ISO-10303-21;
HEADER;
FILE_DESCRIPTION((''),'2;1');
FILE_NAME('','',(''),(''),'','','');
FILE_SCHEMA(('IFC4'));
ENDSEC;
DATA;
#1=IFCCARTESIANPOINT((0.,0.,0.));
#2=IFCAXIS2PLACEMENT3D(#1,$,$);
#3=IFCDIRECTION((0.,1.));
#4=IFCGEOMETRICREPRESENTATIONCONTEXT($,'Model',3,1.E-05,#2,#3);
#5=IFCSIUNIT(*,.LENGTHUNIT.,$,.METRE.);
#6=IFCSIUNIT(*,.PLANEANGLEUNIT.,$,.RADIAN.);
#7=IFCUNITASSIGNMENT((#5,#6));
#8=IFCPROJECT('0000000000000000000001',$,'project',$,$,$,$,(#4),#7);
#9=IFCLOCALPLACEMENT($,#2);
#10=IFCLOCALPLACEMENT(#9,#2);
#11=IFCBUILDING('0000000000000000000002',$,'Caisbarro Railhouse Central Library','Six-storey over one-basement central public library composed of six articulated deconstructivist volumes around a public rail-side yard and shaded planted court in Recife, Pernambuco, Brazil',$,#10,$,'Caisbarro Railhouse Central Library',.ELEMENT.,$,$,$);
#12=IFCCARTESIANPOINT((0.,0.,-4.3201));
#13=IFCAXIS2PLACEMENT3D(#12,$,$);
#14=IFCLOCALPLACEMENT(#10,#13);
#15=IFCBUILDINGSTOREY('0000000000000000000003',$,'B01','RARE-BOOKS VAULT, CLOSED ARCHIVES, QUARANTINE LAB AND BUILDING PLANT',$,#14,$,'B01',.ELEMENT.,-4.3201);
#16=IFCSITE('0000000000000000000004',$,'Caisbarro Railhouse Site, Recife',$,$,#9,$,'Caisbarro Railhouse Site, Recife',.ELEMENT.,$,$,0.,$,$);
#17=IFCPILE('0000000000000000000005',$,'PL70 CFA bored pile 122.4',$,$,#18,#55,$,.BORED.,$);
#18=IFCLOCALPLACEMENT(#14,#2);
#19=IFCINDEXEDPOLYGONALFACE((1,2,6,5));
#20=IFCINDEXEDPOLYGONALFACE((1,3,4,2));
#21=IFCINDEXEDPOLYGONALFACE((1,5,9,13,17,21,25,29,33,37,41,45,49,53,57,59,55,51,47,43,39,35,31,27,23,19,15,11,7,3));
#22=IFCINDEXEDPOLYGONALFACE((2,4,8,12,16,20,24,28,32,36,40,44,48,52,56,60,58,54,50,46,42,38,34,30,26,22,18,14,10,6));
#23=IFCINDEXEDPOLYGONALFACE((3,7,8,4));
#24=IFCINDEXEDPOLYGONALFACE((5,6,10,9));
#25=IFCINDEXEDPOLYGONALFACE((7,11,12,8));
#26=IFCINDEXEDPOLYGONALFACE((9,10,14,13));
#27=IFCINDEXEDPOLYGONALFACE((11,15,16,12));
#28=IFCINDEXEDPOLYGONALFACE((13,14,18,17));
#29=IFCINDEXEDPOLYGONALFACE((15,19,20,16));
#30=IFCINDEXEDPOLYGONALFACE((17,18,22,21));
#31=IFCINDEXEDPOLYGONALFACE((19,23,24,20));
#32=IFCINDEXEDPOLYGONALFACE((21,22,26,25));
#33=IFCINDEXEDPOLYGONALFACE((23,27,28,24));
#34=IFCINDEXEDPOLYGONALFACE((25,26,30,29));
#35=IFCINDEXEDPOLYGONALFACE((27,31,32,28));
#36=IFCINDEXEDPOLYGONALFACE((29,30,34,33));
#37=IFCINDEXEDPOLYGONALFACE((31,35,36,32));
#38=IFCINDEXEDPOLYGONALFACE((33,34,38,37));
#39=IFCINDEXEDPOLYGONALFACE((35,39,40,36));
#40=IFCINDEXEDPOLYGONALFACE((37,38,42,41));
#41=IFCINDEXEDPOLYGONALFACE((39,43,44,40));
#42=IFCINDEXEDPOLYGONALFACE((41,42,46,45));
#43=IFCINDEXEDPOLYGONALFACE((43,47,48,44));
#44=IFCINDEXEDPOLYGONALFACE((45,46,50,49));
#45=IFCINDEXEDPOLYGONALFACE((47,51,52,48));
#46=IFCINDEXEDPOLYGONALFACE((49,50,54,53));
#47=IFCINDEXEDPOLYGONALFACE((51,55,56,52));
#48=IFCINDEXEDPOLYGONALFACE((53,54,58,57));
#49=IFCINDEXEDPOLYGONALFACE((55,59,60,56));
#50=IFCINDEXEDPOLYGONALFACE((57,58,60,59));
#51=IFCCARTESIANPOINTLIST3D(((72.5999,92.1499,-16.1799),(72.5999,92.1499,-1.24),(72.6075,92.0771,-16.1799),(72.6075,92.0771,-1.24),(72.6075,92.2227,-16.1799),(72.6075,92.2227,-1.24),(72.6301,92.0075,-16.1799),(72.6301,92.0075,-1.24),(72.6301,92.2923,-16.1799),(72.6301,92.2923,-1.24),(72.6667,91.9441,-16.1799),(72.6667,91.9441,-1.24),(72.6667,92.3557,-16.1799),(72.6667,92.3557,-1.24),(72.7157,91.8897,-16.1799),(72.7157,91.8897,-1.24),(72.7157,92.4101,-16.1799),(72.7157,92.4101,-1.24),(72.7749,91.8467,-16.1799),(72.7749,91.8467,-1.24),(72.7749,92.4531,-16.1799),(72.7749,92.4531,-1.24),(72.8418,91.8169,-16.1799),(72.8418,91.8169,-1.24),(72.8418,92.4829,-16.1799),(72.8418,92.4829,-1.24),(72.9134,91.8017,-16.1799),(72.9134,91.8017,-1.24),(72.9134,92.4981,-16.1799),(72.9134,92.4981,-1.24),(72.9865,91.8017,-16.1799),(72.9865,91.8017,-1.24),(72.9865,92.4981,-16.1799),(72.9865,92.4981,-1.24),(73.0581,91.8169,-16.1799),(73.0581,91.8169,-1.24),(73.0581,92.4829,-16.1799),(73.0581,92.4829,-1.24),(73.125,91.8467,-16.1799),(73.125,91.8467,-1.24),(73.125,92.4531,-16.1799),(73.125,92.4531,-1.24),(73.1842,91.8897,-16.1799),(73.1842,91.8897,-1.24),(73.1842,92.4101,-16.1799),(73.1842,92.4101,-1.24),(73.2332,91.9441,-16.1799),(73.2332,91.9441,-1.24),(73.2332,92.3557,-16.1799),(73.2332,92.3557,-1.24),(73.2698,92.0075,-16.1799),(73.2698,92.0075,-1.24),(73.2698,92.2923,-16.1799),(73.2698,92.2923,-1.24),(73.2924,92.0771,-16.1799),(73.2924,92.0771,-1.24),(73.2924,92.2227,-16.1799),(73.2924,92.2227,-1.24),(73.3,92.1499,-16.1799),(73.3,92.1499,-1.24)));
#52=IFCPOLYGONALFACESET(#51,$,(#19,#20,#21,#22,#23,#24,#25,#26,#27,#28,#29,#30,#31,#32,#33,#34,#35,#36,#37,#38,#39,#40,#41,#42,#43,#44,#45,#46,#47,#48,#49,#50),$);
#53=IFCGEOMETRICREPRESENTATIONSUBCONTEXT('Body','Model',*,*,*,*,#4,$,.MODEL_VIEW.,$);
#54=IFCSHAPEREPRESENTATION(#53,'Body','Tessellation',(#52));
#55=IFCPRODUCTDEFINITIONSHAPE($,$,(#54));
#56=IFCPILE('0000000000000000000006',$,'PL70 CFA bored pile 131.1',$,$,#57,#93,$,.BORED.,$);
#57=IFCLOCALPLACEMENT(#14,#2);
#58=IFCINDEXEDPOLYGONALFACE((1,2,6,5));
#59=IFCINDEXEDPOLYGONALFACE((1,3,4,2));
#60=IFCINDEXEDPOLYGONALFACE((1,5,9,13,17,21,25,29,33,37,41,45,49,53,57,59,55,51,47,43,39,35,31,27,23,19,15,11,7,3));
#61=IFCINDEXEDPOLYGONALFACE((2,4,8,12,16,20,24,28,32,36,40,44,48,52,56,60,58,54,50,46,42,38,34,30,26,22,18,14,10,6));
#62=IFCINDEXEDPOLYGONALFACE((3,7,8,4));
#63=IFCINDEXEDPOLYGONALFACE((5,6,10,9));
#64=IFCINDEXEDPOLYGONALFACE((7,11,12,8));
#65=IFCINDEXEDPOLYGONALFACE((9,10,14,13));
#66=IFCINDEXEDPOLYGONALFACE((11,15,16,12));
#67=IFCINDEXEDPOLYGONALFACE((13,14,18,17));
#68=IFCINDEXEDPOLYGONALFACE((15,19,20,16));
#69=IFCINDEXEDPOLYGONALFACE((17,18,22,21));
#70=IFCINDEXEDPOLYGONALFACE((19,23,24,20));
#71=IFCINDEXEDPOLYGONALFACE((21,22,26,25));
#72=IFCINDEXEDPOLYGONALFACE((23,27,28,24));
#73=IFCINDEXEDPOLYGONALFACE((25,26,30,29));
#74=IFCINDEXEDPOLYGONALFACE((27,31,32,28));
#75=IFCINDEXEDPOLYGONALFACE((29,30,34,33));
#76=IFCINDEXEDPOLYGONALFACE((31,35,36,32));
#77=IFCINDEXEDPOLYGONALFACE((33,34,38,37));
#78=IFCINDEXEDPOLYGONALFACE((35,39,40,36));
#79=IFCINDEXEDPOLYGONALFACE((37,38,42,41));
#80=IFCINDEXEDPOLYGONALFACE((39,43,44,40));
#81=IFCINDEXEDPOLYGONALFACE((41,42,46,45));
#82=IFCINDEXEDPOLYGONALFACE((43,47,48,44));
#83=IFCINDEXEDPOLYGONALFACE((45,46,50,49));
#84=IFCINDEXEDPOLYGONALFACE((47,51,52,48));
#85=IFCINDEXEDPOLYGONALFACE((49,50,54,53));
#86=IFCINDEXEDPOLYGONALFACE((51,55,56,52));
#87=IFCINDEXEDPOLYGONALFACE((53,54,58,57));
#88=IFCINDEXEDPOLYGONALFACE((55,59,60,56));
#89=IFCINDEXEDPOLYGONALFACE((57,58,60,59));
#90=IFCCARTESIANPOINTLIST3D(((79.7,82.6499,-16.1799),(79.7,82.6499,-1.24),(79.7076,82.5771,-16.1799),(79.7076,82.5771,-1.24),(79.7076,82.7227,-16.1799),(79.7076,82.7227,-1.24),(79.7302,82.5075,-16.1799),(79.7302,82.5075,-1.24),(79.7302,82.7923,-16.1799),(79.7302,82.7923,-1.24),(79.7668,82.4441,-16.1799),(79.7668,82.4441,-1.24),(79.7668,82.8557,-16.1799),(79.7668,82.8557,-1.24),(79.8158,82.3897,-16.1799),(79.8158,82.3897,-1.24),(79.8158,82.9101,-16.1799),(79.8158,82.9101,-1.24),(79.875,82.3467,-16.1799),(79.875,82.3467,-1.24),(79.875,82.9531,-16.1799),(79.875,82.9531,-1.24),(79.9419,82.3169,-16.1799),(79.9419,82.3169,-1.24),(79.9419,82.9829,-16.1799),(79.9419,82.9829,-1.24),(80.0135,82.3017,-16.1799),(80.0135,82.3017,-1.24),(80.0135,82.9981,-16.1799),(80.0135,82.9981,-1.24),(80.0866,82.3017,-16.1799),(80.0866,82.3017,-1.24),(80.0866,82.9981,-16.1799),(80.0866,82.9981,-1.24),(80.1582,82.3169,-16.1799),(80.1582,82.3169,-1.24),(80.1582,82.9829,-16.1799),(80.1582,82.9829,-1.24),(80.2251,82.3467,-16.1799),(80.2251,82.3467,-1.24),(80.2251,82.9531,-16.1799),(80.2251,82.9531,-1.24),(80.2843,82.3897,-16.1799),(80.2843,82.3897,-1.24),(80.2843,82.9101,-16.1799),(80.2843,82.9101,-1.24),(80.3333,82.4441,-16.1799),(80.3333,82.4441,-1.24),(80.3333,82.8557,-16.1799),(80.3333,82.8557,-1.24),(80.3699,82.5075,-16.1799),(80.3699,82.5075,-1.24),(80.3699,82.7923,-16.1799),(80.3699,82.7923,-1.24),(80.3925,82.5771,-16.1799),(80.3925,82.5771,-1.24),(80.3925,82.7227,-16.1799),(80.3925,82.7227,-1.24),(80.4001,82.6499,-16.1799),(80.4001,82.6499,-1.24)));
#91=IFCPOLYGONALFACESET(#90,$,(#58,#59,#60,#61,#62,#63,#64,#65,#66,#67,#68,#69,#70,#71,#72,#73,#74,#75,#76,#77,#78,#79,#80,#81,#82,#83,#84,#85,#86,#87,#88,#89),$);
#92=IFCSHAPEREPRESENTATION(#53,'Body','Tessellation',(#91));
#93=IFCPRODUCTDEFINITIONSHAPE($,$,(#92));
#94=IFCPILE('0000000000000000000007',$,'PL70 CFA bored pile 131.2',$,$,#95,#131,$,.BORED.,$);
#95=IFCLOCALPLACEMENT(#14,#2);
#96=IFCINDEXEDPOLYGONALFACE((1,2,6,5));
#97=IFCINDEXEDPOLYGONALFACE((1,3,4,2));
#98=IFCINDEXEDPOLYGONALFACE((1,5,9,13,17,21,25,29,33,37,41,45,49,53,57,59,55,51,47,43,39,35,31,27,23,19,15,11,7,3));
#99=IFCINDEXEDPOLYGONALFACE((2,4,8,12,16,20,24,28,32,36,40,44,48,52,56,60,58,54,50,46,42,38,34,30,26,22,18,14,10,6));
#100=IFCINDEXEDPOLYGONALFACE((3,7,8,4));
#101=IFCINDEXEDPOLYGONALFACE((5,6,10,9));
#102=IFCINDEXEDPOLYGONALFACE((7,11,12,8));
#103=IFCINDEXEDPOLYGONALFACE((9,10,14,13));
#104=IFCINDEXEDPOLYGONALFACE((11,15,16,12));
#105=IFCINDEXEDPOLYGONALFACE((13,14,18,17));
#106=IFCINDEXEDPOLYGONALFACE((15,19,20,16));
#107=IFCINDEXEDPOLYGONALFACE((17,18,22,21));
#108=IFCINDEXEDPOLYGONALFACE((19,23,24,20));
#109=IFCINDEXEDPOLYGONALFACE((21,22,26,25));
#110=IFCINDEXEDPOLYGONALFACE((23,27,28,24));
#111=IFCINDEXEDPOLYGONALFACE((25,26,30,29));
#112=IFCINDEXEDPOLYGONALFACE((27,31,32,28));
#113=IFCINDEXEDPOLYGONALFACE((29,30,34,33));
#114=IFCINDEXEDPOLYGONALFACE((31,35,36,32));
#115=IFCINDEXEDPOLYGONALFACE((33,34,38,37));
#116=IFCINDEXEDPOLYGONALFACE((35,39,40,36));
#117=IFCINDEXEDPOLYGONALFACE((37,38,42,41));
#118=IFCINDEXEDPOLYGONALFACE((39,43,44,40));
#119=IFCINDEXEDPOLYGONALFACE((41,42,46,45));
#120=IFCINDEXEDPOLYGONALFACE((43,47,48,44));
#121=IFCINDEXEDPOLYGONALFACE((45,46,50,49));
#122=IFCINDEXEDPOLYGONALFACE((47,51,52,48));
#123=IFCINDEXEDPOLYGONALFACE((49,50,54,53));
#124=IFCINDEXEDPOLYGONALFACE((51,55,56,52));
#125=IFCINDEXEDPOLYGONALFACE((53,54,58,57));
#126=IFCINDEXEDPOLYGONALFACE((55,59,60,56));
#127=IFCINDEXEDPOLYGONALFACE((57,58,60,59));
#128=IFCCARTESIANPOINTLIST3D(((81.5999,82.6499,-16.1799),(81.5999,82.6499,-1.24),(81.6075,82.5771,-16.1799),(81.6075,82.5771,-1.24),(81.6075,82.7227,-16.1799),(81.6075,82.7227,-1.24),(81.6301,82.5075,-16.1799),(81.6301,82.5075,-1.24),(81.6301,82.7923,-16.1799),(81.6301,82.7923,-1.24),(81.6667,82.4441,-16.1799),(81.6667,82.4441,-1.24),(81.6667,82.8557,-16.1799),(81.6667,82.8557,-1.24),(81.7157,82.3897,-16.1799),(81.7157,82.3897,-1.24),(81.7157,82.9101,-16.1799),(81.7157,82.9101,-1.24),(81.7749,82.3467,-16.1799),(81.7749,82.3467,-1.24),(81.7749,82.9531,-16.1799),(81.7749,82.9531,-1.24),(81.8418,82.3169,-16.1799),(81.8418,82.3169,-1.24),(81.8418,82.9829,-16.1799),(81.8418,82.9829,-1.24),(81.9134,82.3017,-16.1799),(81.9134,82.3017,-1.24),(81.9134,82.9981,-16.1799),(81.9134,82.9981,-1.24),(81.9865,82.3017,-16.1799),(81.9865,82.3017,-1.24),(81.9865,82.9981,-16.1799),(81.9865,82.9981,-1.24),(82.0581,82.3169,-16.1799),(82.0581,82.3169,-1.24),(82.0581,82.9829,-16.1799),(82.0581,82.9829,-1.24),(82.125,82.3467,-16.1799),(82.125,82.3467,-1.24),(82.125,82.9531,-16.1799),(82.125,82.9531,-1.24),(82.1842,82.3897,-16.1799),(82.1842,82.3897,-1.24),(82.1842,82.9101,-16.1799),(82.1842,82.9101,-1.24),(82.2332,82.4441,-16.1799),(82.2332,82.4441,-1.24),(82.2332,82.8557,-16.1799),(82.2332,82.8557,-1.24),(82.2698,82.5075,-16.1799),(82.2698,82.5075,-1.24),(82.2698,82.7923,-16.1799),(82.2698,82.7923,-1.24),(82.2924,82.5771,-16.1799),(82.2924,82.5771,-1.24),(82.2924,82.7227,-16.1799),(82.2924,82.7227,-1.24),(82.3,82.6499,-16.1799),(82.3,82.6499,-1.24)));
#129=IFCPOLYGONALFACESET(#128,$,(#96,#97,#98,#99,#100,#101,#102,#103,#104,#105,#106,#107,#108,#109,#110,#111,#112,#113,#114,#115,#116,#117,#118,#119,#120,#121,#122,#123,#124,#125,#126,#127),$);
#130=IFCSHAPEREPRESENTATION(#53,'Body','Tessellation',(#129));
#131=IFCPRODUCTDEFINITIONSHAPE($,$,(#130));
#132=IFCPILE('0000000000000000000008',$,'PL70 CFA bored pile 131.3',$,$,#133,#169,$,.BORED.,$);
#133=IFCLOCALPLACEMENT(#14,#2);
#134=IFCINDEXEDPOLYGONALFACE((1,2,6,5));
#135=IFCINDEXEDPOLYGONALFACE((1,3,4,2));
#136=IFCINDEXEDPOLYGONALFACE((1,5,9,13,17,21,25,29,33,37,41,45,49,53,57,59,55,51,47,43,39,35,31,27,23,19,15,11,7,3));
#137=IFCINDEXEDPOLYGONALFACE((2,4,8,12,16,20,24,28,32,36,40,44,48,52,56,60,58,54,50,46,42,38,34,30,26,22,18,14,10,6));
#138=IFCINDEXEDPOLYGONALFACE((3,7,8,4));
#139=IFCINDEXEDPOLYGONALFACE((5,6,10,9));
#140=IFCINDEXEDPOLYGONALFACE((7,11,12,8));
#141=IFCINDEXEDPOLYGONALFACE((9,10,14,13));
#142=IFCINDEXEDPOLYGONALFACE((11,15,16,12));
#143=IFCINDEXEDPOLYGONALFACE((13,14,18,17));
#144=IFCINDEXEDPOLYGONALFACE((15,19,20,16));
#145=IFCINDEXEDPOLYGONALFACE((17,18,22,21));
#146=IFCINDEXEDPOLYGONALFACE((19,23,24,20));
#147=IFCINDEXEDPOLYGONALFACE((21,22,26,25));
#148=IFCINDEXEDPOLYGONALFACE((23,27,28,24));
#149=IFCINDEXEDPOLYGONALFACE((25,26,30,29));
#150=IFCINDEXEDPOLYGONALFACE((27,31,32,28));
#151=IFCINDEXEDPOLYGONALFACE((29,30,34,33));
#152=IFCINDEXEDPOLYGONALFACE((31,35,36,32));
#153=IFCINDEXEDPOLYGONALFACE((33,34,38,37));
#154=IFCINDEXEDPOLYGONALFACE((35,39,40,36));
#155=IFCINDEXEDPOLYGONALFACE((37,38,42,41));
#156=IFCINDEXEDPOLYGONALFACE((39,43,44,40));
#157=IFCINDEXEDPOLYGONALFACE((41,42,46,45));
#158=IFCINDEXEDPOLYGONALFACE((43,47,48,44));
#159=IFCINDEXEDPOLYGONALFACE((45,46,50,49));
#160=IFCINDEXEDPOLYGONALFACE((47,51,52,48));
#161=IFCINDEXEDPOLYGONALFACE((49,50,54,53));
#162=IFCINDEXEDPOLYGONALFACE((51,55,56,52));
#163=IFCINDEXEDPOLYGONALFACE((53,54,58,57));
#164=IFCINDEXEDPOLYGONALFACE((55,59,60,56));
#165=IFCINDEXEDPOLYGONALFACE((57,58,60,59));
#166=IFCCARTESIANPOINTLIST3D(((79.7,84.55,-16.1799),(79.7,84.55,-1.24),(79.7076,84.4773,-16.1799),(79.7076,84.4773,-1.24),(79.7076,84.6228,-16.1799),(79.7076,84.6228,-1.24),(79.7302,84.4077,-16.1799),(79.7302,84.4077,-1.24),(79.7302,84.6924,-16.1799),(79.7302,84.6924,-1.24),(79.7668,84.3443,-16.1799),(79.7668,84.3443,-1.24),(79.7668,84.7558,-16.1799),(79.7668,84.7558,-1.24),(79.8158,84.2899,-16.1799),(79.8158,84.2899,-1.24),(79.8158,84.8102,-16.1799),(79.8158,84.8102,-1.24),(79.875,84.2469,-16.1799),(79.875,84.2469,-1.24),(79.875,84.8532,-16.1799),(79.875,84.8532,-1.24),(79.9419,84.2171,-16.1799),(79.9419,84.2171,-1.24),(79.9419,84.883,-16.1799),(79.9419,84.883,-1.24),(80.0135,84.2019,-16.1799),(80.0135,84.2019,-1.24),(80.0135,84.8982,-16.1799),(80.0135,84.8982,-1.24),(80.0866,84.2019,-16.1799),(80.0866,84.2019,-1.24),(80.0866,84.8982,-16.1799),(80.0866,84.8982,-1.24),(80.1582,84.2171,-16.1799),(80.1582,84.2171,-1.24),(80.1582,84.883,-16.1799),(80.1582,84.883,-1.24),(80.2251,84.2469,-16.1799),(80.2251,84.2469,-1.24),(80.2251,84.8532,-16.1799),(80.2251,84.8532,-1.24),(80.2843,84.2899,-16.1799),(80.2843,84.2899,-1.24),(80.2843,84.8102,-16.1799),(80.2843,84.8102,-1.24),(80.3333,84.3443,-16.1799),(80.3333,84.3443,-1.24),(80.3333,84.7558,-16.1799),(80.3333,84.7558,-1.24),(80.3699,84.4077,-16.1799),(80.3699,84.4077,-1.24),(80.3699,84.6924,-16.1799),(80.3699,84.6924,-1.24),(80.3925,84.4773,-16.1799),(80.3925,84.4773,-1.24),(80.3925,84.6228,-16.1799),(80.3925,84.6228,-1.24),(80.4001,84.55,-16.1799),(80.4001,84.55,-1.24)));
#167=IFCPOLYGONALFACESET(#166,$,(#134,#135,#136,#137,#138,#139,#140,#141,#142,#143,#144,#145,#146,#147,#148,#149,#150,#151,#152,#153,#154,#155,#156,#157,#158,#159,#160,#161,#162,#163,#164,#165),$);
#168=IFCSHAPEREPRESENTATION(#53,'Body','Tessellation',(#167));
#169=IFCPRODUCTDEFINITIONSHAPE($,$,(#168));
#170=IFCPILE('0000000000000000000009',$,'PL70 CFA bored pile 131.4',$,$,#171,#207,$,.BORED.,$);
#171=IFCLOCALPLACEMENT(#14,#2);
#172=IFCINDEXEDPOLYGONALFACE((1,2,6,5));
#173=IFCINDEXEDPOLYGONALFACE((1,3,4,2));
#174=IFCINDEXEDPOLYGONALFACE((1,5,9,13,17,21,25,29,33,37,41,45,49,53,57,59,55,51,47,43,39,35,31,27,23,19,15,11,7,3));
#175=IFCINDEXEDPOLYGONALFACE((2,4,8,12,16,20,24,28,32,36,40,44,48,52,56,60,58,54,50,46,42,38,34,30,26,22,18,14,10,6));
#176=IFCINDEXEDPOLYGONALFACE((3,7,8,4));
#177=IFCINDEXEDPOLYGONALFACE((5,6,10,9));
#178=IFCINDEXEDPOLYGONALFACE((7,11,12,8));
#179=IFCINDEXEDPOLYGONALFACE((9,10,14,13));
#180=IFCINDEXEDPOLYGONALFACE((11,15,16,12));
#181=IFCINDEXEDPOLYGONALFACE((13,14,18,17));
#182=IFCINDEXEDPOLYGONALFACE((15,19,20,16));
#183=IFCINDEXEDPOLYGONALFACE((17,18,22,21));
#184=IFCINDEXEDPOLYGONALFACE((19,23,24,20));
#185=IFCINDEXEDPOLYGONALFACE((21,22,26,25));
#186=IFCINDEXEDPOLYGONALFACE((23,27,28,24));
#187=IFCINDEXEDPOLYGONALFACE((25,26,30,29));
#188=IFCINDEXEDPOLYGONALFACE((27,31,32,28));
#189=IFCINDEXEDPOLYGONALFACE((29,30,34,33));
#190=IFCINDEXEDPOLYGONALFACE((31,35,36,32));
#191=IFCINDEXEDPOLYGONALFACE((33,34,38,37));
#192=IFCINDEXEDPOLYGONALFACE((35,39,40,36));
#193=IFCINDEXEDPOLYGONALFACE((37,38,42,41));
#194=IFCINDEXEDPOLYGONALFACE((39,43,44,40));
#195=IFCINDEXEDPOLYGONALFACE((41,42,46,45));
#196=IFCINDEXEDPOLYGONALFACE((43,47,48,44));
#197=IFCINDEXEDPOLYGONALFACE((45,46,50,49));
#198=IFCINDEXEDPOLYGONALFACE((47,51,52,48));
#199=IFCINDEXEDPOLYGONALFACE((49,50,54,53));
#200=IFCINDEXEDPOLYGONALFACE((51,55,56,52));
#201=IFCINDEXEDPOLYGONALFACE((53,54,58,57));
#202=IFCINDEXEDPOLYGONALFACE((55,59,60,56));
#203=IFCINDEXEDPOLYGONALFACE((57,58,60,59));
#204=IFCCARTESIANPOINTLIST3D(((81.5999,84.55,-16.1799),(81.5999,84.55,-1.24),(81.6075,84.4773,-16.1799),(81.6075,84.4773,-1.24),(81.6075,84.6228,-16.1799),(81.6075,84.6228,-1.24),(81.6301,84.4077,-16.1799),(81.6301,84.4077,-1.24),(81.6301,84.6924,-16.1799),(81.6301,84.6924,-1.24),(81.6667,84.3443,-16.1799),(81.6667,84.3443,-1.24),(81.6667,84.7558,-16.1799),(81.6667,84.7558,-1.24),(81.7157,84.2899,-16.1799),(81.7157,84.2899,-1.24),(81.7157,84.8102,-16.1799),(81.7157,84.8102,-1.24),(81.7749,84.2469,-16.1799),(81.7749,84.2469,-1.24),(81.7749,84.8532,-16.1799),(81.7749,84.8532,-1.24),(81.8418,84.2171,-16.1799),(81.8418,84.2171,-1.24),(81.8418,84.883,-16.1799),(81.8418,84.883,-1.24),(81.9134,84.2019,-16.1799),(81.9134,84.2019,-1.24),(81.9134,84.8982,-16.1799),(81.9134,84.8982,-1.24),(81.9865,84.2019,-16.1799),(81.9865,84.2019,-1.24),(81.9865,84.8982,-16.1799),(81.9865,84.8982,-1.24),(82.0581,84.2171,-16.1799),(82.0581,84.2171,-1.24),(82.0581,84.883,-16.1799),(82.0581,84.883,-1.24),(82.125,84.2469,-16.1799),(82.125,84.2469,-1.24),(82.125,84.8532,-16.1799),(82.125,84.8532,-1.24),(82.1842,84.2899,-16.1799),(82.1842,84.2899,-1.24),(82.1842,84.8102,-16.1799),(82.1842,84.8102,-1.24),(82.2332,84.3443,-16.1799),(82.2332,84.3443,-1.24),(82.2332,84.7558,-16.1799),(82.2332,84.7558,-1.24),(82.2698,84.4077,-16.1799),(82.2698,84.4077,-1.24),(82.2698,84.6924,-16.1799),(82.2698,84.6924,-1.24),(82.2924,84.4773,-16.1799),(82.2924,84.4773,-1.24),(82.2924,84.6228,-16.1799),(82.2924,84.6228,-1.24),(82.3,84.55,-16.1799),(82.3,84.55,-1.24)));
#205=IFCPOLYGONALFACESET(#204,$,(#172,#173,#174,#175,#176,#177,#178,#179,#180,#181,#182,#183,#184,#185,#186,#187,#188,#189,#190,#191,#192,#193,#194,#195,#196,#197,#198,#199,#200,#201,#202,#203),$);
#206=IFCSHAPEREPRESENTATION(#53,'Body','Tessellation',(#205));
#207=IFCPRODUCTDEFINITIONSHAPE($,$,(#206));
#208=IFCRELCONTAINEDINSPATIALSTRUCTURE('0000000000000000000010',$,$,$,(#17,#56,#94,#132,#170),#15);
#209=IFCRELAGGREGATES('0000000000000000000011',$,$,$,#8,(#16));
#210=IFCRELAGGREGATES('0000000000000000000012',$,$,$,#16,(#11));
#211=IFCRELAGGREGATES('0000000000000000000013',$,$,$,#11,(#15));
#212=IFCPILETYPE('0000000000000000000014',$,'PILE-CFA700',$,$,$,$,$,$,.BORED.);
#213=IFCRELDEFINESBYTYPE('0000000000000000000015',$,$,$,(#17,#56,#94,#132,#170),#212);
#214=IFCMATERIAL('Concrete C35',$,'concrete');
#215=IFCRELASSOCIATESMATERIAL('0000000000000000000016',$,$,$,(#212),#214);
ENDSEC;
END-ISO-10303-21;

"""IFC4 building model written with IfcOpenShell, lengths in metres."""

from ifc_helpers import new_model, si_unit, direction, frame, origin, origin_2d, place, context, subcontext, project, spatial, circle, extrude, material, material_profile, profile_set, type_object, element, save


model = new_model("IFC4")

# Units and contexts
model_context = context("Model", 3, precision=1e-05, world=origin(), true_north=direction((0.0, 1.0)))
body_context = subcontext(model_context, "Body", "Model", "MODEL_VIEW")
ifc_project = project(units=[si_unit("LENGTHUNIT", "METRE"), si_unit("PLANEANGLEUNIT", "RADIAN")], contexts=[model_context])

# Site, building, storey
site_placement = place(None, origin())
site = spatial("IfcSite", under=ifc_project, at=site_placement, Name="Caisbarro Railhouse Site, Recife", LongName="Caisbarro Railhouse Site, Recife", CompositionType="ELEMENT", RefElevation=0.0)
building_placement = place(site_placement, origin())
building = spatial("IfcBuilding", under=site, at=building_placement, Name="Caisbarro Railhouse Central Library", Description="Six-storey over one-basement central public library composed of six articulated deconstructivist volumes around a public rail-side yard and shaded planted court in Recife, Pernambuco, Brazil", LongName="Caisbarro Railhouse Central Library", CompositionType="ELEMENT")
storey_placement = place(building_placement, frame((0.0, 0.0, -4.3201)))
storey = spatial("IfcBuildingStorey", under=building, at=storey_placement, Name="B01", Description="RARE-BOOKS VAULT, CLOSED ARCHIVES, QUARANTINE LAB AND BUILDING PLANT", LongName="B01", CompositionType="ELEMENT", Elevation=-4.3201)

# Shared definitions
ifc_material_1 = material(Name="Concrete C35", Category="concrete")

# Piles
ifc_material_profile_1 = material_profile(ifc_material_1, circle(Radius=0.3501, at=origin_2d()), Name="PILE-CFA-700")
ifc_profile_set_1 = profile_set([ifc_material_profile_1], Name="Concrete C35")
pile_type_1 = type_object("IfcPileType", Name="PILE-CFA700", PredefinedType="BORED", material=ifc_profile_set_1)
for number, where, z_axis, x_axis, name in (
    (1, (72.95, 92.1499, -1.24), (0.0, 0.0, -1.0), (1.0, 0.0, 0.0), "PL70 CFA bored pile 122.4"),
    (2, (80.05, 82.6499, -1.24), (0.0, 0.0, -1.0), (1.0, 0.0, 0.0), "PL70 CFA bored pile 131.1"),
    (3, (81.95, 82.6499, -1.24), (0.0, 0.0, -1.0), (1.0, 0.0, 0.0), "PL70 CFA bored pile 131.2"),
    (4, (80.05, 84.55, -1.24), (0.0, 0.0, -1.0), (1.0, 0.0, 0.0), "PL70 CFA bored pile 131.3"),
    (5, (81.95, 84.55, -1.24), (0.0, 0.0, -1.0), (1.0, 0.0, 0.0), "PL70 CFA bored pile 131.4"),
):
    element("IfcPile", number, at=place(storey_placement, frame(where, z_axis=z_axis, x_axis=x_axis)), inside=storey, type_object=pile_type_1, Name=name, PredefinedType="BORED", context=body_context, shape_type="SweptSolid", body=[
        extrude(circle(Radius=0.3501, at=origin_2d()), origin(), (0.0, 0.0, 1.0), 14.9399),
    ])

save(model, "model.ifc")
